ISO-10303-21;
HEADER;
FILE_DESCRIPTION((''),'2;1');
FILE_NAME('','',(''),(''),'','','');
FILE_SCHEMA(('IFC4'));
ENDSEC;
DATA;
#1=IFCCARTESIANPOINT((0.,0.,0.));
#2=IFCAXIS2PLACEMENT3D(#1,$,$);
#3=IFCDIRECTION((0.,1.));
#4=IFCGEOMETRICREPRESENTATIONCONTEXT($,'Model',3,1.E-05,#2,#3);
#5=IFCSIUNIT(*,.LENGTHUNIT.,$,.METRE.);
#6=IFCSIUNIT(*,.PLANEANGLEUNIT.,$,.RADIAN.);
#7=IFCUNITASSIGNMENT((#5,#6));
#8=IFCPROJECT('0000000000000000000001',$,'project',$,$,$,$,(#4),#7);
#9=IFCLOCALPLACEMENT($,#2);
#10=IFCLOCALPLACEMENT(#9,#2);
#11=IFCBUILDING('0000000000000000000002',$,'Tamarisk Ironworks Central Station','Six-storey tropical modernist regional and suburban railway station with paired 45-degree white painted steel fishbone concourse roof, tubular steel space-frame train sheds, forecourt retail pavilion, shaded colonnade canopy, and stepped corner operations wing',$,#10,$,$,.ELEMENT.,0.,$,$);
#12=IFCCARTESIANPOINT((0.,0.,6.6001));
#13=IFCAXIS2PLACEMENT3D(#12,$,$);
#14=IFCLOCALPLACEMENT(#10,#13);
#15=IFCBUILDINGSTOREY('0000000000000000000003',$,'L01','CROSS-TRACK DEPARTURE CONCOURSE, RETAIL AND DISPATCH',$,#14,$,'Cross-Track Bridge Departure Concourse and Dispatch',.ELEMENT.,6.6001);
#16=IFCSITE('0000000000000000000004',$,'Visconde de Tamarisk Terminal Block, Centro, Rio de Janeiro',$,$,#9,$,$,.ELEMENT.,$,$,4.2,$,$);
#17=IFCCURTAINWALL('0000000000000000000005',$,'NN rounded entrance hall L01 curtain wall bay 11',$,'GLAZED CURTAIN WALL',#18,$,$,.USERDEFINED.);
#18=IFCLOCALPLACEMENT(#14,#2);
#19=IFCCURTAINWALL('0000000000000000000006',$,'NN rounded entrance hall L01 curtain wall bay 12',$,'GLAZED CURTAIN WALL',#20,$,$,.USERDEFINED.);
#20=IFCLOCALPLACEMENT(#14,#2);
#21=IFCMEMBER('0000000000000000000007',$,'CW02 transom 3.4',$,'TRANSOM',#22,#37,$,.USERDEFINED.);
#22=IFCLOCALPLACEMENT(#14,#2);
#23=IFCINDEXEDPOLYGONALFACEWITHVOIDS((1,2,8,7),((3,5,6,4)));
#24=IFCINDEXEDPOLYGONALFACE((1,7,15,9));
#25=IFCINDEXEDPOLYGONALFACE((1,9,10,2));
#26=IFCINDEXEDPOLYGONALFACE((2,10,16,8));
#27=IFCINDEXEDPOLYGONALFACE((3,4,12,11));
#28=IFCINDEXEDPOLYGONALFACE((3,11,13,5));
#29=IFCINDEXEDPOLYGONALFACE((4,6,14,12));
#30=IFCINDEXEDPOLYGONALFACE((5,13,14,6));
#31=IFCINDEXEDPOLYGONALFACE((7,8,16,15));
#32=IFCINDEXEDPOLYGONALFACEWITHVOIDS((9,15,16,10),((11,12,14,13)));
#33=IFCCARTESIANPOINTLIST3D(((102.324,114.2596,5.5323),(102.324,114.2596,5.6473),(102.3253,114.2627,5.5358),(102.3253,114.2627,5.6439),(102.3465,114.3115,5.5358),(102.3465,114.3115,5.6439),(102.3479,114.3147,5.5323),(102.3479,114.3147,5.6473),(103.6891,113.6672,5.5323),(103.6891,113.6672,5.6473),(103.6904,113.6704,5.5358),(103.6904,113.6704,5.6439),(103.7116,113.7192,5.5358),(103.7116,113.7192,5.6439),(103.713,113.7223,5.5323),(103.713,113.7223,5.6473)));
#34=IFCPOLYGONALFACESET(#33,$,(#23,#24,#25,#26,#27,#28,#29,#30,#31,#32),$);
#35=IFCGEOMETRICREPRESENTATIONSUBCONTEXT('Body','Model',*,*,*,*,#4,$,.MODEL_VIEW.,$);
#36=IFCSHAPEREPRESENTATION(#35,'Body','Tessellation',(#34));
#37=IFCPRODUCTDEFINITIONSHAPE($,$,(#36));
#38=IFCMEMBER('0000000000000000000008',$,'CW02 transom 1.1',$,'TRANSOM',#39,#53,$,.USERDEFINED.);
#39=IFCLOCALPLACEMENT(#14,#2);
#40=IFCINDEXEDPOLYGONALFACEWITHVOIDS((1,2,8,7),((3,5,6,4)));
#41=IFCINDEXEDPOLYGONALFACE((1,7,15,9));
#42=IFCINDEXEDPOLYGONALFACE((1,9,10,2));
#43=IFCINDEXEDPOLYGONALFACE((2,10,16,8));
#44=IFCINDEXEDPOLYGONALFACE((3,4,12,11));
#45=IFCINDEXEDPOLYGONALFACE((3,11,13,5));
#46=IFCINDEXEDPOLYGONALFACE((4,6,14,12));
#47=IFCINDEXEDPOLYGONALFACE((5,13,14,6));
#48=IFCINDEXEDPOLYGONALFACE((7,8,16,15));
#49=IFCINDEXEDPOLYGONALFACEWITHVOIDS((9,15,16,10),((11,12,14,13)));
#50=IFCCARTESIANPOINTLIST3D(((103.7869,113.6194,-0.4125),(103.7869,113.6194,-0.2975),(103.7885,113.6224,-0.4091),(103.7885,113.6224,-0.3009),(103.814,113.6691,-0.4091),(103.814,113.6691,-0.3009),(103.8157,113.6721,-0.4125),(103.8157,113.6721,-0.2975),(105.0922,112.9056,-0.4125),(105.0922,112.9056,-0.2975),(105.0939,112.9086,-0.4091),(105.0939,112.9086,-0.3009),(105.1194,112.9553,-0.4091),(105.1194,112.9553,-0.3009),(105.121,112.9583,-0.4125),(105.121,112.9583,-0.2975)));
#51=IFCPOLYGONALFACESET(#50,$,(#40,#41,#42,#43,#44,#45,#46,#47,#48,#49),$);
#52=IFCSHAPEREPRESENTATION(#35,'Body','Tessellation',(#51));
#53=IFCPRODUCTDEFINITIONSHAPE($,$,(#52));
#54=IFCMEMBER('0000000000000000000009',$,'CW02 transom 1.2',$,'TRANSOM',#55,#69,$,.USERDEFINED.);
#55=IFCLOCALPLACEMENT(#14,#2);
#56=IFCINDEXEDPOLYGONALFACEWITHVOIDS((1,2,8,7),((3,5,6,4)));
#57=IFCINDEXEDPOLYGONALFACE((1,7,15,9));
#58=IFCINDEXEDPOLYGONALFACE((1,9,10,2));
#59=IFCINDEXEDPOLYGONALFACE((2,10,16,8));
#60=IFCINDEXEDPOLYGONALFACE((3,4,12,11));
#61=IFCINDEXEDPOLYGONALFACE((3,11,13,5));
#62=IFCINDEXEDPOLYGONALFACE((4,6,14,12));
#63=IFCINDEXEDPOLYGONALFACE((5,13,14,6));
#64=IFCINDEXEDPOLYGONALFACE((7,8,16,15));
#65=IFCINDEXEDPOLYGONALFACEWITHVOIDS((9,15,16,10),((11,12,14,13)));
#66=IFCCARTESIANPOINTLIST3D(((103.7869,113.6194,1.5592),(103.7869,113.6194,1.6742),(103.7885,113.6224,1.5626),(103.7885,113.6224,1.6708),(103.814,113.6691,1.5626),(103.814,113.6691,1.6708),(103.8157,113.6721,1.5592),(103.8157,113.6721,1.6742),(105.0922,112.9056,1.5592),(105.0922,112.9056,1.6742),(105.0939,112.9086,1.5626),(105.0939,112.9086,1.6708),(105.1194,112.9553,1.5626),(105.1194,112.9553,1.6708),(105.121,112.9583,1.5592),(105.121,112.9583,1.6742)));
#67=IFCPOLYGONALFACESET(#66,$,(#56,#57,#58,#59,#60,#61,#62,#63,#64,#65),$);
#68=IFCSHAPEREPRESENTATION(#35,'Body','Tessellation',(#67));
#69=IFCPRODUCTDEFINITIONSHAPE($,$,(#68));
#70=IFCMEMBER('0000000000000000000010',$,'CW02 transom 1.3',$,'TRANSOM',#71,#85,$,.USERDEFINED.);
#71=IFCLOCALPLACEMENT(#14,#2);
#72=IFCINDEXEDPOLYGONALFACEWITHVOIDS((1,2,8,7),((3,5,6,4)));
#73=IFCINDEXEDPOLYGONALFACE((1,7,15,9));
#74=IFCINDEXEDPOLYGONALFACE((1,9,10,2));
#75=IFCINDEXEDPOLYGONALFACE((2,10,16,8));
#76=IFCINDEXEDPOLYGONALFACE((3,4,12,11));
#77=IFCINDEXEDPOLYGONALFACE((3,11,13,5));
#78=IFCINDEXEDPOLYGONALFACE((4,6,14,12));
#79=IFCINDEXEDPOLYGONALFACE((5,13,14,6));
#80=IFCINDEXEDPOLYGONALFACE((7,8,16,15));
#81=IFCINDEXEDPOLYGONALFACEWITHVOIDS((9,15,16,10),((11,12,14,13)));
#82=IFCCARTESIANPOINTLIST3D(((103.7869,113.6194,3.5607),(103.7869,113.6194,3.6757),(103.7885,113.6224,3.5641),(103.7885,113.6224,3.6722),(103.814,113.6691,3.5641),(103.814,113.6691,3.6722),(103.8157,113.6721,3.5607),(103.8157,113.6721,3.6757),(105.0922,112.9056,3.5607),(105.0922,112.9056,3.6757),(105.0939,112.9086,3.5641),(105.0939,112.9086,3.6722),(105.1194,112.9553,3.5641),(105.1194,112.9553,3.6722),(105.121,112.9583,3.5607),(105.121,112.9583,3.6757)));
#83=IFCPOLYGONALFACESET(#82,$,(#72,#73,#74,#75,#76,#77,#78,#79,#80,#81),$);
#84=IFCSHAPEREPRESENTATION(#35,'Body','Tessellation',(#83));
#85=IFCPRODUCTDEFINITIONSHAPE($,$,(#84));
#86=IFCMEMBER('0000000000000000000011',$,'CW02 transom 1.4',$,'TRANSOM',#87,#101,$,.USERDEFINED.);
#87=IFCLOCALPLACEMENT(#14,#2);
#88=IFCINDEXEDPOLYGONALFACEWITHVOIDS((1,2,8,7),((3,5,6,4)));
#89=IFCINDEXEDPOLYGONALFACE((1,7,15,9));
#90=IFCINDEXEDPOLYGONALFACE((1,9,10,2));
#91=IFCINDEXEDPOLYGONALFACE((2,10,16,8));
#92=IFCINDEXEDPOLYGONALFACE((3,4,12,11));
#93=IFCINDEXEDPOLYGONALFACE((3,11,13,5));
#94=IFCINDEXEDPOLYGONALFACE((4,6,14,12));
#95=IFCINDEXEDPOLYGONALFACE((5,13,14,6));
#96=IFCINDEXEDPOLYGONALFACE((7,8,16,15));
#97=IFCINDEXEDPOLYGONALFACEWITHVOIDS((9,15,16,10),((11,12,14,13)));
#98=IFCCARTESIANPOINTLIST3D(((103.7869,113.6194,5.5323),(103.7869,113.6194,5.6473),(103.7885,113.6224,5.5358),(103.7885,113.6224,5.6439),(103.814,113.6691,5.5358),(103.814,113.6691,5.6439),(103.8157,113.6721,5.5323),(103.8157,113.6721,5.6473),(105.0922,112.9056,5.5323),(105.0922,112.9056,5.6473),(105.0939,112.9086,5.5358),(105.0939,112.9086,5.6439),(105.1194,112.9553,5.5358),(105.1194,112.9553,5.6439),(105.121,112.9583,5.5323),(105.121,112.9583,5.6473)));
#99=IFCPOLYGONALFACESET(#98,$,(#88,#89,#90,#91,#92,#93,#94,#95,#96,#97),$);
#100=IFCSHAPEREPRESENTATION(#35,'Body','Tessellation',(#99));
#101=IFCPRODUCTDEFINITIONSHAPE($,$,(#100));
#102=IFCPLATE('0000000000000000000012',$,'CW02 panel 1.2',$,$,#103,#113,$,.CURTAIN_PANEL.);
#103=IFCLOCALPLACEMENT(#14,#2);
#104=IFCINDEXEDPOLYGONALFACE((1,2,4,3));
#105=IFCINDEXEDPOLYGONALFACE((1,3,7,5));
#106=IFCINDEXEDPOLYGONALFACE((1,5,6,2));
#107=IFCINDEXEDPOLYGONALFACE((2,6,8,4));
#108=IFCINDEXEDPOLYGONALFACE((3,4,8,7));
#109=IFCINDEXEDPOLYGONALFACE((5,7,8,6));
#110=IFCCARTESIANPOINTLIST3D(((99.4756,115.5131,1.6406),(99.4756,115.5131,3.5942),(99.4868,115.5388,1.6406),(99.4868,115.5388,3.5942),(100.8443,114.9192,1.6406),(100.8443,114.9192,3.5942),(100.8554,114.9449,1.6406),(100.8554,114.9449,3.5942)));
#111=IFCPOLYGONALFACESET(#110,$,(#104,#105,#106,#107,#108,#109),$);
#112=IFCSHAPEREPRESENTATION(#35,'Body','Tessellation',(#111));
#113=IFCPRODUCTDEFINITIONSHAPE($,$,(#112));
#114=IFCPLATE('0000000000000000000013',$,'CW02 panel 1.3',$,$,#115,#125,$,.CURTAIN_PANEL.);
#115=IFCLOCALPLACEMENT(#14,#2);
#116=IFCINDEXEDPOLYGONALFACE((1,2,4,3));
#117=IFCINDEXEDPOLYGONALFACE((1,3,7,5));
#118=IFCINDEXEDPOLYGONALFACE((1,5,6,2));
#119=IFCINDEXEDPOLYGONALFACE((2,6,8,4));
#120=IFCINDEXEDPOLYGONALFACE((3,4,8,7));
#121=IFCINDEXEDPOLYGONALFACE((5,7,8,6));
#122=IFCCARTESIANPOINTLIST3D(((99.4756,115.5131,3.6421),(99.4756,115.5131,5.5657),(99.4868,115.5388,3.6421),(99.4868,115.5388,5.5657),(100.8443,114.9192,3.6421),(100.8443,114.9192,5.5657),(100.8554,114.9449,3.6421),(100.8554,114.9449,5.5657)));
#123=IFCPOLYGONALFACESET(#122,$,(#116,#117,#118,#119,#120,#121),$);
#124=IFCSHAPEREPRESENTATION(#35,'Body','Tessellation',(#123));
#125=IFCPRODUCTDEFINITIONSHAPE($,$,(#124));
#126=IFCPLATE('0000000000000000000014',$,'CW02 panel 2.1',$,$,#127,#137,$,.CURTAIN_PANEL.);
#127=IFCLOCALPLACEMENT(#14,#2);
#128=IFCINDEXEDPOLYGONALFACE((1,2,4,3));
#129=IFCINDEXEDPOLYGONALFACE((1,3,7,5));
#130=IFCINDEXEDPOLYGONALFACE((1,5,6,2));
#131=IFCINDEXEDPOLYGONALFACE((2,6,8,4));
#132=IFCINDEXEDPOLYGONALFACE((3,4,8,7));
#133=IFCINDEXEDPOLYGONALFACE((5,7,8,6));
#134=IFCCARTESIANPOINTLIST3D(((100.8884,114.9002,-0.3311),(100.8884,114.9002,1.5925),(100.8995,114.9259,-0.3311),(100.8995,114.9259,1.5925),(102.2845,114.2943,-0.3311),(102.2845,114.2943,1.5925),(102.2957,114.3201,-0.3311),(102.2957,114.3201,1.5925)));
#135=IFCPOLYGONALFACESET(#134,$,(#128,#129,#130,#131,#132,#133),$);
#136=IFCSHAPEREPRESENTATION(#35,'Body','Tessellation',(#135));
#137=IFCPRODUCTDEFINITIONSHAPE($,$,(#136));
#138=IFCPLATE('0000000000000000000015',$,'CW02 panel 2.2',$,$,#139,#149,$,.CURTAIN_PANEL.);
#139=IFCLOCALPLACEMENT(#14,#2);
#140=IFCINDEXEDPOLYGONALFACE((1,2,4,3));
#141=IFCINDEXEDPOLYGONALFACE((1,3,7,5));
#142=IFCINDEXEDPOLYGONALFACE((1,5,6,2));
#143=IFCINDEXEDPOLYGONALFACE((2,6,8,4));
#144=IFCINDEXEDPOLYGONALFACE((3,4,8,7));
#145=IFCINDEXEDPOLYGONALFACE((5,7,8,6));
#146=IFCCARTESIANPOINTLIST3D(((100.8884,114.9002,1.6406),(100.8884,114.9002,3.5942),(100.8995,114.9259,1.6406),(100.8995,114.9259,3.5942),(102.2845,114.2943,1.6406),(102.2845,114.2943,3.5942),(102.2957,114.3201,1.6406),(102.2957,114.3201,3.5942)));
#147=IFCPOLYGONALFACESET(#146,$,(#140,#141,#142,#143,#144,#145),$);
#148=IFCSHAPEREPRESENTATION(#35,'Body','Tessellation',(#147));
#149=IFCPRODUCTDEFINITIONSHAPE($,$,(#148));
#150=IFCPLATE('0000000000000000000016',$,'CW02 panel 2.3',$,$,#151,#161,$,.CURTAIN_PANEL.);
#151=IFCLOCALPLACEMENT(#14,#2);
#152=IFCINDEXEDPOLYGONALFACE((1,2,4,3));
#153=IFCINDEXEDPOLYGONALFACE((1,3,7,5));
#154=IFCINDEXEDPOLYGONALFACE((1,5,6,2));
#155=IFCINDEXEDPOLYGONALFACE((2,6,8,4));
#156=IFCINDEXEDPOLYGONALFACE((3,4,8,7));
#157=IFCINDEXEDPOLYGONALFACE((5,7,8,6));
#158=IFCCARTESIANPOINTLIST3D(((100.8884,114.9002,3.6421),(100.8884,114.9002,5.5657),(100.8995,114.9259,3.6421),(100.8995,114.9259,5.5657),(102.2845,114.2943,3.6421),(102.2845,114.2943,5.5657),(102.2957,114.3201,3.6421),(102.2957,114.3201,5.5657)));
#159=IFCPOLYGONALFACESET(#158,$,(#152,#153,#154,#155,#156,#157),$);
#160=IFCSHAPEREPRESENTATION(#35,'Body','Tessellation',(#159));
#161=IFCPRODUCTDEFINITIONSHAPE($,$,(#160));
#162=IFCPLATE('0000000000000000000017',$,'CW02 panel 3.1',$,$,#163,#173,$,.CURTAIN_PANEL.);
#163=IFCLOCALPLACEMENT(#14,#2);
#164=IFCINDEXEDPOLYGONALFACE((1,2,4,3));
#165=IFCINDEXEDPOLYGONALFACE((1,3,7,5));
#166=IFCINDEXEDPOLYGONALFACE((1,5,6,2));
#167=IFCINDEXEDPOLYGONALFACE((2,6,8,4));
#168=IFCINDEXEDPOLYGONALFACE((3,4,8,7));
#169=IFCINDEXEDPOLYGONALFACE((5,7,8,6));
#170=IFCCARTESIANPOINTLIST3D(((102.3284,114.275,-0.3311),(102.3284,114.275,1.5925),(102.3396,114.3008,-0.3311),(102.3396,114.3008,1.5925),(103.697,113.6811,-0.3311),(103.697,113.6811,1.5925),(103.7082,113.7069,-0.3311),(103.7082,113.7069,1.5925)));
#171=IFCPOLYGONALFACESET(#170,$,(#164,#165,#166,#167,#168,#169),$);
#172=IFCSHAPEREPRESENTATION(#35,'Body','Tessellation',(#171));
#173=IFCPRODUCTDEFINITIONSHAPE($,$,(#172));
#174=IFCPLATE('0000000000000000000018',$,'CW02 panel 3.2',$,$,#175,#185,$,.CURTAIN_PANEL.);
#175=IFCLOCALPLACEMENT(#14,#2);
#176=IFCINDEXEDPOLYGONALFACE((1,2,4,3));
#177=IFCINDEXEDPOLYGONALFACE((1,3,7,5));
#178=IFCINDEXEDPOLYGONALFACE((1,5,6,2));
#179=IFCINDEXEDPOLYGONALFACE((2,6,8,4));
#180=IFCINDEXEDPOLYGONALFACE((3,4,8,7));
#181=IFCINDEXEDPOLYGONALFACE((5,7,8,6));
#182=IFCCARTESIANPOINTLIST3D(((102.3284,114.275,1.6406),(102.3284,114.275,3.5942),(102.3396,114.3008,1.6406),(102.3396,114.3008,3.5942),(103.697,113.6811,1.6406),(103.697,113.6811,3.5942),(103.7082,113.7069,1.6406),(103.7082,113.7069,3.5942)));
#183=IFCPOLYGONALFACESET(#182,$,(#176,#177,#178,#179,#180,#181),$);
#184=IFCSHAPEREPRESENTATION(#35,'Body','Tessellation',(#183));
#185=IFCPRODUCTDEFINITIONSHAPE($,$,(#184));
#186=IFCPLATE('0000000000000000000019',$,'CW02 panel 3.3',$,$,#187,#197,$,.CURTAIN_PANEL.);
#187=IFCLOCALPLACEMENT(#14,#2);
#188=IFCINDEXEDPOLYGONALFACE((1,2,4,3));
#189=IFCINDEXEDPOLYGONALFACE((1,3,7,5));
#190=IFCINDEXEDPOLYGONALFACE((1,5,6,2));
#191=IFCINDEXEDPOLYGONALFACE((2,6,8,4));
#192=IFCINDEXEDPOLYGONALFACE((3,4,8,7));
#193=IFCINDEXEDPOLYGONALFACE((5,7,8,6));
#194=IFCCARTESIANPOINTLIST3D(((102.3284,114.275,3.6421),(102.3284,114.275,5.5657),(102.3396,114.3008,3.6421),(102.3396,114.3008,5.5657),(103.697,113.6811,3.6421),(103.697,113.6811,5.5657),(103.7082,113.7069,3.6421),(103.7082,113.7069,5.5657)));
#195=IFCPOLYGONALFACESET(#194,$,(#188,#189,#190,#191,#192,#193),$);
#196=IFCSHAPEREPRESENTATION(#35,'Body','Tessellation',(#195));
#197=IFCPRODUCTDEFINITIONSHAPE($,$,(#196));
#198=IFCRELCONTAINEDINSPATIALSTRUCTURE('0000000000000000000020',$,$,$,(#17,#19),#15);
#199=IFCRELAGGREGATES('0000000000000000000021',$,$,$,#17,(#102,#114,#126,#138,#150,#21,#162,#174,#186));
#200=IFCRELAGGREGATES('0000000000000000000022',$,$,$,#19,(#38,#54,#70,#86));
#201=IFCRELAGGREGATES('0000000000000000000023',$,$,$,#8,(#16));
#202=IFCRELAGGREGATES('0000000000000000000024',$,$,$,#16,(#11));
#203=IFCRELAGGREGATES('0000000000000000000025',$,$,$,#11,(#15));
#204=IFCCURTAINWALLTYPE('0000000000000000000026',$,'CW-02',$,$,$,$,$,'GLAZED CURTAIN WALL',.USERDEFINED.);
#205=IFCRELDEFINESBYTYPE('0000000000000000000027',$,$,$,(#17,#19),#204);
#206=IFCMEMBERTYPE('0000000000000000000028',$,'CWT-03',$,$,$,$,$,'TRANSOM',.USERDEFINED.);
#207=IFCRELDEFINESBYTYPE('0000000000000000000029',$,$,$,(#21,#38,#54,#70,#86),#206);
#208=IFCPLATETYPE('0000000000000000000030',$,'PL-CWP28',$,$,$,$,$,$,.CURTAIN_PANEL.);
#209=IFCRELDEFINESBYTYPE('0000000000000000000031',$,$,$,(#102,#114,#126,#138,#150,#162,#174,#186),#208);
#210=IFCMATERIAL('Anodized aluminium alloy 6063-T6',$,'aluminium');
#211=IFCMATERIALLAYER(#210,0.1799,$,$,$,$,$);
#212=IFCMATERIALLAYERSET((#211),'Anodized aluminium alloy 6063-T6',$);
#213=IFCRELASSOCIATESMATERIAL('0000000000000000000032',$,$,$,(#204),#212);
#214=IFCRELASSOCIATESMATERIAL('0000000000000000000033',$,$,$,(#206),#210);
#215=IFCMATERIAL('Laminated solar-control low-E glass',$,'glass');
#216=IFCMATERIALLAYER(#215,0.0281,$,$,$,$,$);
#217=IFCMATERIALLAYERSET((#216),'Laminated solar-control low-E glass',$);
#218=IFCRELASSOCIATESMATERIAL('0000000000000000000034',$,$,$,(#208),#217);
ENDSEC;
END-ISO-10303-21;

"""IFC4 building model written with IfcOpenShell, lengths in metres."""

from ifc_helpers import new_model, si_unit, direction, frame, origin, origin_2d, place, context, subcontext, project, spatial, rectangle, hollow_rectangle, extrude, material, layer, layer_set, material_profile, profile_set, type_object, element, aggregate, save


model = new_model("IFC4")

# Units and contexts
model_context = context("Model", 3, precision=1e-05, world=origin(), true_north=direction((0.0, 1.0)))
body_context = subcontext(model_context, "Body", "Model", "MODEL_VIEW")
ifc_project = project(units=[si_unit("LENGTHUNIT", "METRE"), si_unit("PLANEANGLEUNIT", "RADIAN")], contexts=[model_context])

# Site, building, storey
site_placement = place(None, origin())
site = spatial("IfcSite", under=ifc_project, at=site_placement, Name="Visconde de Tamarisk Terminal Block, Centro, Rio de Janeiro", CompositionType="ELEMENT", RefElevation=4.2)
building_placement = place(site_placement, origin())
building = spatial("IfcBuilding", under=site, at=building_placement, Name="Tamarisk Ironworks Central Station", Description="Six-storey tropical modernist regional and suburban railway station with paired 45-degree white painted steel fishbone concourse roof, tubular steel space-frame train sheds, forecourt retail pavilion, shaded colonnade canopy, and stepped corner operations wing", CompositionType="ELEMENT", ElevationOfRefHeight=0.0)
storey_placement = place(building_placement, frame((0.0, 0.0, 6.6001)))
storey = spatial("IfcBuildingStorey", under=building, at=storey_placement, Name="L01", Description="CROSS-TRACK DEPARTURE CONCOURSE, RETAIL AND DISPATCH", LongName="Cross-Track Bridge Departure Concourse and Dispatch", CompositionType="ELEMENT", Elevation=6.6001)

# Curtain wall
ifc_material_1 = material(Name="Anodized aluminium alloy 6063-T6", Category="aluminium")
ifc_layer_1 = layer(ifc_material_1, 0.1799)
ifc_layer_set_1 = layer_set([ifc_layer_1], Name="Anodized aluminium alloy 6063-T6")
curtain_wall_type = type_object("IfcCurtainWallType", Name="CW-02", ElementType="GLAZED CURTAIN WALL", PredefinedType="USERDEFINED", material=ifc_layer_set_1)
curtain_wall_1_placement = place(storey_placement, origin())
curtain_wall_1 = element("IfcCurtainWall", 1, at=curtain_wall_1_placement, inside=storey, type_object=curtain_wall_type, Name="NN rounded entrance hall L01 curtain wall bay 11", ObjectType="GLAZED CURTAIN WALL", PredefinedType="USERDEFINED")

# Curtain wall
curtain_wall_2_placement = place(storey_placement, origin())
curtain_wall_2 = element("IfcCurtainWall", 2, at=curtain_wall_2_placement, inside=storey, type_object=curtain_wall_type, Name="NN rounded entrance hall L01 curtain wall bay 12", ObjectType="GLAZED CURTAIN WALL", PredefinedType="USERDEFINED")

# Members
ifc_material_profile_1 = material_profile(ifc_material_1, hollow_rectangle(XDim=0.0601, YDim=0.115, WallThickness=0.0034, at=origin_2d()), Name="ALUM 115x60")
ifc_profile_set_1 = profile_set([ifc_material_profile_1], Name="Anodized aluminium alloy 6063-T6")
member_type_1 = type_object("IfcMemberType", Name="CWT-03", ElementType="TRANSOM", PredefinedType="USERDEFINED", material=ifc_profile_set_1)
member_1_placement = place(storey_placement, frame((102.3359, 114.2871, 5.5898), z_axis=(0.917362, -0.398054, 0.0), x_axis=(0.398054, 0.917362, 0.0)))
member_1 = element("IfcMember", 3, at=member_1_placement, type_object=member_type_1, Name="CW02 transom 3.4", ObjectType="TRANSOM", PredefinedType="USERDEFINED", context=body_context, shape_type="SweptSolid", body=[
    extrude(hollow_rectangle(XDim=0.0601, YDim=0.115, WallThickness=0.0034, at=origin_2d()), origin(), (0.0, 0.0, 1.0), 1.488),
])
member_2_placement = place(storey_placement, frame((103.8013, 113.6458, -0.355), z_axis=(0.877381, -0.479795, 0.0), x_axis=(0.479795, 0.877381, 0.0)))
member_2 = element("IfcMember", 4, at=member_2_placement, type_object=member_type_1, Name="CW02 transom 1.1", ObjectType="TRANSOM", PredefinedType="USERDEFINED", context=body_context, shape_type="SweptSolid", body=[
    extrude(hollow_rectangle(XDim=0.0601, YDim=0.115, WallThickness=0.0034, at=origin_2d()), origin(), (0.0, 0.0, 1.0), 1.4878),
])
member_3_placement = place(storey_placement, frame((103.8013, 113.6458, 1.6167), z_axis=(0.877381, -0.479795, 0.0), x_axis=(0.479795, 0.877381, 0.0)))
member_3 = element("IfcMember", 5, at=member_3_placement, type_object=member_type_1, Name="CW02 transom 1.2", ObjectType="TRANSOM", PredefinedType="USERDEFINED", context=body_context, shape_type="SweptSolid", body=[
    extrude(hollow_rectangle(XDim=0.0601, YDim=0.115, WallThickness=0.0034, at=origin_2d()), origin(), (0.0, 0.0, 1.0), 1.4878),
])
member_4_placement = place(storey_placement, frame((103.8013, 113.6458, 3.6182), z_axis=(0.877381, -0.479795, 0.0), x_axis=(0.479795, 0.877381, 0.0)))
member_4 = element("IfcMember", 6, at=member_4_placement, type_object=member_type_1, Name="CW02 transom 1.3", ObjectType="TRANSOM", PredefinedType="USERDEFINED", context=body_context, shape_type="SweptSolid", body=[
    extrude(hollow_rectangle(XDim=0.0601, YDim=0.115, WallThickness=0.0034, at=origin_2d()), origin(), (0.0, 0.0, 1.0), 1.4878),
])
member_5_placement = place(storey_placement, frame((103.8013, 113.6458, 5.5898), z_axis=(0.877381, -0.479795, 0.0), x_axis=(0.479795, 0.877381, 0.0)))
member_5 = element("IfcMember", 7, at=member_5_placement, type_object=member_type_1, Name="CW02 transom 1.4", ObjectType="TRANSOM", PredefinedType="USERDEFINED", context=body_context, shape_type="SweptSolid", body=[
    extrude(hollow_rectangle(XDim=0.0601, YDim=0.115, WallThickness=0.0034, at=origin_2d()), origin(), (0.0, 0.0, 1.0), 1.4878),
])

# Plates
ifc_material_2 = material(Name="Laminated solar-control low-E glass", Category="glass")
ifc_layer_2 = layer(ifc_material_2, 0.0281)
ifc_layer_set_2 = layer_set([ifc_layer_2], Name="Laminated solar-control low-E glass")
plate_type = type_object("IfcPlateType", Name="PL-CWP28", PredefinedType="CURTAIN_PANEL", material=ifc_layer_set_2)
plate_1_placement = place(storey_placement, frame((100.1655, 115.229, 1.6406), z_axis=(0.0, 0.0, 1.0), x_axis=(0.917352, -0.398077, 0.0)))
plate_1 = element("IfcPlate", 8, at=plate_1_placement, type_object=plate_type, Name="CW02 panel 1.2", PredefinedType="CURTAIN_PANEL", context=body_context, shape_type="SweptSolid", body=[
    extrude(rectangle(XDim=1.4919, YDim=0.0281, at=origin_2d()), origin(), (0.0, 0.0, 1.0), 1.9536),
])
plate_2_placement = place(storey_placement, frame((100.1655, 115.229, 3.6421), z_axis=(0.0, 0.0, 1.0), x_axis=(0.917352, -0.398077, 0.0)))
plate_2 = element("IfcPlate", 9, at=plate_2_placement, type_object=plate_type, Name="CW02 panel 1.3", PredefinedType="CURTAIN_PANEL", context=body_context, shape_type="SweptSolid", body=[
    extrude(rectangle(XDim=1.4919, YDim=0.0281, at=origin_2d()), origin(), (0.0, 0.0, 1.0), 1.9236),
])
plate_3_placement = place(storey_placement, frame((101.592, 114.6101, -0.3311), z_axis=(0.0, 0.0, 1.0), x_axis=(0.917352, -0.398077, 0.0)))
plate_3 = element("IfcPlate", 10, at=plate_3_placement, type_object=plate_type, Name="CW02 panel 2.1", PredefinedType="CURTAIN_PANEL", context=body_context, shape_type="SweptSolid", body=[
    extrude(rectangle(XDim=1.522, YDim=0.0281, at=origin_2d()), origin(), (0.0, 0.0, 1.0), 1.9236),
])
plate_4_placement = place(storey_placement, frame((101.592, 114.6101, 1.6406), z_axis=(0.0, 0.0, 1.0), x_axis=(0.917352, -0.398077, 0.0)))
plate_4 = element("IfcPlate", 11, at=plate_4_placement, type_object=plate_type, Name="CW02 panel 2.2", PredefinedType="CURTAIN_PANEL", context=body_context, shape_type="SweptSolid", body=[
    extrude(rectangle(XDim=1.522, YDim=0.0281, at=origin_2d()), origin(), (0.0, 0.0, 1.0), 1.9536),
])
plate_5_placement = place(storey_placement, frame((101.592, 114.6101, 3.6421), z_axis=(0.0, 0.0, 1.0), x_axis=(0.917352, -0.398077, 0.0)))
plate_5 = element("IfcPlate", 12, at=plate_5_placement, type_object=plate_type, Name="CW02 panel 2.3", PredefinedType="CURTAIN_PANEL", context=body_context, shape_type="SweptSolid", body=[
    extrude(rectangle(XDim=1.522, YDim=0.0281, at=origin_2d()), origin(), (0.0, 0.0, 1.0), 1.9236),
])
plate_6_placement = place(storey_placement, frame((103.0183, 113.991, -0.3311), z_axis=(0.0, 0.0, 1.0), x_axis=(0.917352, -0.398077, 0.0)))
plate_6 = element("IfcPlate", 13, at=plate_6_placement, type_object=plate_type, Name="CW02 panel 3.1", PredefinedType="CURTAIN_PANEL", context=body_context, shape_type="SweptSolid", body=[
    extrude(rectangle(XDim=1.4919, YDim=0.0281, at=origin_2d()), origin(), (0.0, 0.0, 1.0), 1.9236),
])
plate_7_placement = place(storey_placement, frame((103.0183, 113.991, 1.6406), z_axis=(0.0, 0.0, 1.0), x_axis=(0.917352, -0.398077, 0.0)))
plate_7 = element("IfcPlate", 14, at=plate_7_placement, type_object=plate_type, Name="CW02 panel 3.2", PredefinedType="CURTAIN_PANEL", context=body_context, shape_type="SweptSolid", body=[
    extrude(rectangle(XDim=1.4919, YDim=0.0281, at=origin_2d()), origin(), (0.0, 0.0, 1.0), 1.9536),
])
plate_8_placement = place(storey_placement, frame((103.0183, 113.991, 3.6421), z_axis=(0.0, 0.0, 1.0), x_axis=(0.917352, -0.398077, 0.0)))
plate_8 = element("IfcPlate", 15, at=plate_8_placement, type_object=plate_type, Name="CW02 panel 3.3", PredefinedType="CURTAIN_PANEL", context=body_context, shape_type="SweptSolid", body=[
    extrude(rectangle(XDim=1.4919, YDim=0.0281, at=origin_2d()), origin(), (0.0, 0.0, 1.0), 1.9236),
])
aggregate(curtain_wall_1, [plate_1, plate_2, plate_3, plate_4, plate_5, member_1, plate_6, plate_7, plate_8])
aggregate(curtain_wall_2, [member_2, member_3, member_4, member_5])

save(model, "model.ifc")
